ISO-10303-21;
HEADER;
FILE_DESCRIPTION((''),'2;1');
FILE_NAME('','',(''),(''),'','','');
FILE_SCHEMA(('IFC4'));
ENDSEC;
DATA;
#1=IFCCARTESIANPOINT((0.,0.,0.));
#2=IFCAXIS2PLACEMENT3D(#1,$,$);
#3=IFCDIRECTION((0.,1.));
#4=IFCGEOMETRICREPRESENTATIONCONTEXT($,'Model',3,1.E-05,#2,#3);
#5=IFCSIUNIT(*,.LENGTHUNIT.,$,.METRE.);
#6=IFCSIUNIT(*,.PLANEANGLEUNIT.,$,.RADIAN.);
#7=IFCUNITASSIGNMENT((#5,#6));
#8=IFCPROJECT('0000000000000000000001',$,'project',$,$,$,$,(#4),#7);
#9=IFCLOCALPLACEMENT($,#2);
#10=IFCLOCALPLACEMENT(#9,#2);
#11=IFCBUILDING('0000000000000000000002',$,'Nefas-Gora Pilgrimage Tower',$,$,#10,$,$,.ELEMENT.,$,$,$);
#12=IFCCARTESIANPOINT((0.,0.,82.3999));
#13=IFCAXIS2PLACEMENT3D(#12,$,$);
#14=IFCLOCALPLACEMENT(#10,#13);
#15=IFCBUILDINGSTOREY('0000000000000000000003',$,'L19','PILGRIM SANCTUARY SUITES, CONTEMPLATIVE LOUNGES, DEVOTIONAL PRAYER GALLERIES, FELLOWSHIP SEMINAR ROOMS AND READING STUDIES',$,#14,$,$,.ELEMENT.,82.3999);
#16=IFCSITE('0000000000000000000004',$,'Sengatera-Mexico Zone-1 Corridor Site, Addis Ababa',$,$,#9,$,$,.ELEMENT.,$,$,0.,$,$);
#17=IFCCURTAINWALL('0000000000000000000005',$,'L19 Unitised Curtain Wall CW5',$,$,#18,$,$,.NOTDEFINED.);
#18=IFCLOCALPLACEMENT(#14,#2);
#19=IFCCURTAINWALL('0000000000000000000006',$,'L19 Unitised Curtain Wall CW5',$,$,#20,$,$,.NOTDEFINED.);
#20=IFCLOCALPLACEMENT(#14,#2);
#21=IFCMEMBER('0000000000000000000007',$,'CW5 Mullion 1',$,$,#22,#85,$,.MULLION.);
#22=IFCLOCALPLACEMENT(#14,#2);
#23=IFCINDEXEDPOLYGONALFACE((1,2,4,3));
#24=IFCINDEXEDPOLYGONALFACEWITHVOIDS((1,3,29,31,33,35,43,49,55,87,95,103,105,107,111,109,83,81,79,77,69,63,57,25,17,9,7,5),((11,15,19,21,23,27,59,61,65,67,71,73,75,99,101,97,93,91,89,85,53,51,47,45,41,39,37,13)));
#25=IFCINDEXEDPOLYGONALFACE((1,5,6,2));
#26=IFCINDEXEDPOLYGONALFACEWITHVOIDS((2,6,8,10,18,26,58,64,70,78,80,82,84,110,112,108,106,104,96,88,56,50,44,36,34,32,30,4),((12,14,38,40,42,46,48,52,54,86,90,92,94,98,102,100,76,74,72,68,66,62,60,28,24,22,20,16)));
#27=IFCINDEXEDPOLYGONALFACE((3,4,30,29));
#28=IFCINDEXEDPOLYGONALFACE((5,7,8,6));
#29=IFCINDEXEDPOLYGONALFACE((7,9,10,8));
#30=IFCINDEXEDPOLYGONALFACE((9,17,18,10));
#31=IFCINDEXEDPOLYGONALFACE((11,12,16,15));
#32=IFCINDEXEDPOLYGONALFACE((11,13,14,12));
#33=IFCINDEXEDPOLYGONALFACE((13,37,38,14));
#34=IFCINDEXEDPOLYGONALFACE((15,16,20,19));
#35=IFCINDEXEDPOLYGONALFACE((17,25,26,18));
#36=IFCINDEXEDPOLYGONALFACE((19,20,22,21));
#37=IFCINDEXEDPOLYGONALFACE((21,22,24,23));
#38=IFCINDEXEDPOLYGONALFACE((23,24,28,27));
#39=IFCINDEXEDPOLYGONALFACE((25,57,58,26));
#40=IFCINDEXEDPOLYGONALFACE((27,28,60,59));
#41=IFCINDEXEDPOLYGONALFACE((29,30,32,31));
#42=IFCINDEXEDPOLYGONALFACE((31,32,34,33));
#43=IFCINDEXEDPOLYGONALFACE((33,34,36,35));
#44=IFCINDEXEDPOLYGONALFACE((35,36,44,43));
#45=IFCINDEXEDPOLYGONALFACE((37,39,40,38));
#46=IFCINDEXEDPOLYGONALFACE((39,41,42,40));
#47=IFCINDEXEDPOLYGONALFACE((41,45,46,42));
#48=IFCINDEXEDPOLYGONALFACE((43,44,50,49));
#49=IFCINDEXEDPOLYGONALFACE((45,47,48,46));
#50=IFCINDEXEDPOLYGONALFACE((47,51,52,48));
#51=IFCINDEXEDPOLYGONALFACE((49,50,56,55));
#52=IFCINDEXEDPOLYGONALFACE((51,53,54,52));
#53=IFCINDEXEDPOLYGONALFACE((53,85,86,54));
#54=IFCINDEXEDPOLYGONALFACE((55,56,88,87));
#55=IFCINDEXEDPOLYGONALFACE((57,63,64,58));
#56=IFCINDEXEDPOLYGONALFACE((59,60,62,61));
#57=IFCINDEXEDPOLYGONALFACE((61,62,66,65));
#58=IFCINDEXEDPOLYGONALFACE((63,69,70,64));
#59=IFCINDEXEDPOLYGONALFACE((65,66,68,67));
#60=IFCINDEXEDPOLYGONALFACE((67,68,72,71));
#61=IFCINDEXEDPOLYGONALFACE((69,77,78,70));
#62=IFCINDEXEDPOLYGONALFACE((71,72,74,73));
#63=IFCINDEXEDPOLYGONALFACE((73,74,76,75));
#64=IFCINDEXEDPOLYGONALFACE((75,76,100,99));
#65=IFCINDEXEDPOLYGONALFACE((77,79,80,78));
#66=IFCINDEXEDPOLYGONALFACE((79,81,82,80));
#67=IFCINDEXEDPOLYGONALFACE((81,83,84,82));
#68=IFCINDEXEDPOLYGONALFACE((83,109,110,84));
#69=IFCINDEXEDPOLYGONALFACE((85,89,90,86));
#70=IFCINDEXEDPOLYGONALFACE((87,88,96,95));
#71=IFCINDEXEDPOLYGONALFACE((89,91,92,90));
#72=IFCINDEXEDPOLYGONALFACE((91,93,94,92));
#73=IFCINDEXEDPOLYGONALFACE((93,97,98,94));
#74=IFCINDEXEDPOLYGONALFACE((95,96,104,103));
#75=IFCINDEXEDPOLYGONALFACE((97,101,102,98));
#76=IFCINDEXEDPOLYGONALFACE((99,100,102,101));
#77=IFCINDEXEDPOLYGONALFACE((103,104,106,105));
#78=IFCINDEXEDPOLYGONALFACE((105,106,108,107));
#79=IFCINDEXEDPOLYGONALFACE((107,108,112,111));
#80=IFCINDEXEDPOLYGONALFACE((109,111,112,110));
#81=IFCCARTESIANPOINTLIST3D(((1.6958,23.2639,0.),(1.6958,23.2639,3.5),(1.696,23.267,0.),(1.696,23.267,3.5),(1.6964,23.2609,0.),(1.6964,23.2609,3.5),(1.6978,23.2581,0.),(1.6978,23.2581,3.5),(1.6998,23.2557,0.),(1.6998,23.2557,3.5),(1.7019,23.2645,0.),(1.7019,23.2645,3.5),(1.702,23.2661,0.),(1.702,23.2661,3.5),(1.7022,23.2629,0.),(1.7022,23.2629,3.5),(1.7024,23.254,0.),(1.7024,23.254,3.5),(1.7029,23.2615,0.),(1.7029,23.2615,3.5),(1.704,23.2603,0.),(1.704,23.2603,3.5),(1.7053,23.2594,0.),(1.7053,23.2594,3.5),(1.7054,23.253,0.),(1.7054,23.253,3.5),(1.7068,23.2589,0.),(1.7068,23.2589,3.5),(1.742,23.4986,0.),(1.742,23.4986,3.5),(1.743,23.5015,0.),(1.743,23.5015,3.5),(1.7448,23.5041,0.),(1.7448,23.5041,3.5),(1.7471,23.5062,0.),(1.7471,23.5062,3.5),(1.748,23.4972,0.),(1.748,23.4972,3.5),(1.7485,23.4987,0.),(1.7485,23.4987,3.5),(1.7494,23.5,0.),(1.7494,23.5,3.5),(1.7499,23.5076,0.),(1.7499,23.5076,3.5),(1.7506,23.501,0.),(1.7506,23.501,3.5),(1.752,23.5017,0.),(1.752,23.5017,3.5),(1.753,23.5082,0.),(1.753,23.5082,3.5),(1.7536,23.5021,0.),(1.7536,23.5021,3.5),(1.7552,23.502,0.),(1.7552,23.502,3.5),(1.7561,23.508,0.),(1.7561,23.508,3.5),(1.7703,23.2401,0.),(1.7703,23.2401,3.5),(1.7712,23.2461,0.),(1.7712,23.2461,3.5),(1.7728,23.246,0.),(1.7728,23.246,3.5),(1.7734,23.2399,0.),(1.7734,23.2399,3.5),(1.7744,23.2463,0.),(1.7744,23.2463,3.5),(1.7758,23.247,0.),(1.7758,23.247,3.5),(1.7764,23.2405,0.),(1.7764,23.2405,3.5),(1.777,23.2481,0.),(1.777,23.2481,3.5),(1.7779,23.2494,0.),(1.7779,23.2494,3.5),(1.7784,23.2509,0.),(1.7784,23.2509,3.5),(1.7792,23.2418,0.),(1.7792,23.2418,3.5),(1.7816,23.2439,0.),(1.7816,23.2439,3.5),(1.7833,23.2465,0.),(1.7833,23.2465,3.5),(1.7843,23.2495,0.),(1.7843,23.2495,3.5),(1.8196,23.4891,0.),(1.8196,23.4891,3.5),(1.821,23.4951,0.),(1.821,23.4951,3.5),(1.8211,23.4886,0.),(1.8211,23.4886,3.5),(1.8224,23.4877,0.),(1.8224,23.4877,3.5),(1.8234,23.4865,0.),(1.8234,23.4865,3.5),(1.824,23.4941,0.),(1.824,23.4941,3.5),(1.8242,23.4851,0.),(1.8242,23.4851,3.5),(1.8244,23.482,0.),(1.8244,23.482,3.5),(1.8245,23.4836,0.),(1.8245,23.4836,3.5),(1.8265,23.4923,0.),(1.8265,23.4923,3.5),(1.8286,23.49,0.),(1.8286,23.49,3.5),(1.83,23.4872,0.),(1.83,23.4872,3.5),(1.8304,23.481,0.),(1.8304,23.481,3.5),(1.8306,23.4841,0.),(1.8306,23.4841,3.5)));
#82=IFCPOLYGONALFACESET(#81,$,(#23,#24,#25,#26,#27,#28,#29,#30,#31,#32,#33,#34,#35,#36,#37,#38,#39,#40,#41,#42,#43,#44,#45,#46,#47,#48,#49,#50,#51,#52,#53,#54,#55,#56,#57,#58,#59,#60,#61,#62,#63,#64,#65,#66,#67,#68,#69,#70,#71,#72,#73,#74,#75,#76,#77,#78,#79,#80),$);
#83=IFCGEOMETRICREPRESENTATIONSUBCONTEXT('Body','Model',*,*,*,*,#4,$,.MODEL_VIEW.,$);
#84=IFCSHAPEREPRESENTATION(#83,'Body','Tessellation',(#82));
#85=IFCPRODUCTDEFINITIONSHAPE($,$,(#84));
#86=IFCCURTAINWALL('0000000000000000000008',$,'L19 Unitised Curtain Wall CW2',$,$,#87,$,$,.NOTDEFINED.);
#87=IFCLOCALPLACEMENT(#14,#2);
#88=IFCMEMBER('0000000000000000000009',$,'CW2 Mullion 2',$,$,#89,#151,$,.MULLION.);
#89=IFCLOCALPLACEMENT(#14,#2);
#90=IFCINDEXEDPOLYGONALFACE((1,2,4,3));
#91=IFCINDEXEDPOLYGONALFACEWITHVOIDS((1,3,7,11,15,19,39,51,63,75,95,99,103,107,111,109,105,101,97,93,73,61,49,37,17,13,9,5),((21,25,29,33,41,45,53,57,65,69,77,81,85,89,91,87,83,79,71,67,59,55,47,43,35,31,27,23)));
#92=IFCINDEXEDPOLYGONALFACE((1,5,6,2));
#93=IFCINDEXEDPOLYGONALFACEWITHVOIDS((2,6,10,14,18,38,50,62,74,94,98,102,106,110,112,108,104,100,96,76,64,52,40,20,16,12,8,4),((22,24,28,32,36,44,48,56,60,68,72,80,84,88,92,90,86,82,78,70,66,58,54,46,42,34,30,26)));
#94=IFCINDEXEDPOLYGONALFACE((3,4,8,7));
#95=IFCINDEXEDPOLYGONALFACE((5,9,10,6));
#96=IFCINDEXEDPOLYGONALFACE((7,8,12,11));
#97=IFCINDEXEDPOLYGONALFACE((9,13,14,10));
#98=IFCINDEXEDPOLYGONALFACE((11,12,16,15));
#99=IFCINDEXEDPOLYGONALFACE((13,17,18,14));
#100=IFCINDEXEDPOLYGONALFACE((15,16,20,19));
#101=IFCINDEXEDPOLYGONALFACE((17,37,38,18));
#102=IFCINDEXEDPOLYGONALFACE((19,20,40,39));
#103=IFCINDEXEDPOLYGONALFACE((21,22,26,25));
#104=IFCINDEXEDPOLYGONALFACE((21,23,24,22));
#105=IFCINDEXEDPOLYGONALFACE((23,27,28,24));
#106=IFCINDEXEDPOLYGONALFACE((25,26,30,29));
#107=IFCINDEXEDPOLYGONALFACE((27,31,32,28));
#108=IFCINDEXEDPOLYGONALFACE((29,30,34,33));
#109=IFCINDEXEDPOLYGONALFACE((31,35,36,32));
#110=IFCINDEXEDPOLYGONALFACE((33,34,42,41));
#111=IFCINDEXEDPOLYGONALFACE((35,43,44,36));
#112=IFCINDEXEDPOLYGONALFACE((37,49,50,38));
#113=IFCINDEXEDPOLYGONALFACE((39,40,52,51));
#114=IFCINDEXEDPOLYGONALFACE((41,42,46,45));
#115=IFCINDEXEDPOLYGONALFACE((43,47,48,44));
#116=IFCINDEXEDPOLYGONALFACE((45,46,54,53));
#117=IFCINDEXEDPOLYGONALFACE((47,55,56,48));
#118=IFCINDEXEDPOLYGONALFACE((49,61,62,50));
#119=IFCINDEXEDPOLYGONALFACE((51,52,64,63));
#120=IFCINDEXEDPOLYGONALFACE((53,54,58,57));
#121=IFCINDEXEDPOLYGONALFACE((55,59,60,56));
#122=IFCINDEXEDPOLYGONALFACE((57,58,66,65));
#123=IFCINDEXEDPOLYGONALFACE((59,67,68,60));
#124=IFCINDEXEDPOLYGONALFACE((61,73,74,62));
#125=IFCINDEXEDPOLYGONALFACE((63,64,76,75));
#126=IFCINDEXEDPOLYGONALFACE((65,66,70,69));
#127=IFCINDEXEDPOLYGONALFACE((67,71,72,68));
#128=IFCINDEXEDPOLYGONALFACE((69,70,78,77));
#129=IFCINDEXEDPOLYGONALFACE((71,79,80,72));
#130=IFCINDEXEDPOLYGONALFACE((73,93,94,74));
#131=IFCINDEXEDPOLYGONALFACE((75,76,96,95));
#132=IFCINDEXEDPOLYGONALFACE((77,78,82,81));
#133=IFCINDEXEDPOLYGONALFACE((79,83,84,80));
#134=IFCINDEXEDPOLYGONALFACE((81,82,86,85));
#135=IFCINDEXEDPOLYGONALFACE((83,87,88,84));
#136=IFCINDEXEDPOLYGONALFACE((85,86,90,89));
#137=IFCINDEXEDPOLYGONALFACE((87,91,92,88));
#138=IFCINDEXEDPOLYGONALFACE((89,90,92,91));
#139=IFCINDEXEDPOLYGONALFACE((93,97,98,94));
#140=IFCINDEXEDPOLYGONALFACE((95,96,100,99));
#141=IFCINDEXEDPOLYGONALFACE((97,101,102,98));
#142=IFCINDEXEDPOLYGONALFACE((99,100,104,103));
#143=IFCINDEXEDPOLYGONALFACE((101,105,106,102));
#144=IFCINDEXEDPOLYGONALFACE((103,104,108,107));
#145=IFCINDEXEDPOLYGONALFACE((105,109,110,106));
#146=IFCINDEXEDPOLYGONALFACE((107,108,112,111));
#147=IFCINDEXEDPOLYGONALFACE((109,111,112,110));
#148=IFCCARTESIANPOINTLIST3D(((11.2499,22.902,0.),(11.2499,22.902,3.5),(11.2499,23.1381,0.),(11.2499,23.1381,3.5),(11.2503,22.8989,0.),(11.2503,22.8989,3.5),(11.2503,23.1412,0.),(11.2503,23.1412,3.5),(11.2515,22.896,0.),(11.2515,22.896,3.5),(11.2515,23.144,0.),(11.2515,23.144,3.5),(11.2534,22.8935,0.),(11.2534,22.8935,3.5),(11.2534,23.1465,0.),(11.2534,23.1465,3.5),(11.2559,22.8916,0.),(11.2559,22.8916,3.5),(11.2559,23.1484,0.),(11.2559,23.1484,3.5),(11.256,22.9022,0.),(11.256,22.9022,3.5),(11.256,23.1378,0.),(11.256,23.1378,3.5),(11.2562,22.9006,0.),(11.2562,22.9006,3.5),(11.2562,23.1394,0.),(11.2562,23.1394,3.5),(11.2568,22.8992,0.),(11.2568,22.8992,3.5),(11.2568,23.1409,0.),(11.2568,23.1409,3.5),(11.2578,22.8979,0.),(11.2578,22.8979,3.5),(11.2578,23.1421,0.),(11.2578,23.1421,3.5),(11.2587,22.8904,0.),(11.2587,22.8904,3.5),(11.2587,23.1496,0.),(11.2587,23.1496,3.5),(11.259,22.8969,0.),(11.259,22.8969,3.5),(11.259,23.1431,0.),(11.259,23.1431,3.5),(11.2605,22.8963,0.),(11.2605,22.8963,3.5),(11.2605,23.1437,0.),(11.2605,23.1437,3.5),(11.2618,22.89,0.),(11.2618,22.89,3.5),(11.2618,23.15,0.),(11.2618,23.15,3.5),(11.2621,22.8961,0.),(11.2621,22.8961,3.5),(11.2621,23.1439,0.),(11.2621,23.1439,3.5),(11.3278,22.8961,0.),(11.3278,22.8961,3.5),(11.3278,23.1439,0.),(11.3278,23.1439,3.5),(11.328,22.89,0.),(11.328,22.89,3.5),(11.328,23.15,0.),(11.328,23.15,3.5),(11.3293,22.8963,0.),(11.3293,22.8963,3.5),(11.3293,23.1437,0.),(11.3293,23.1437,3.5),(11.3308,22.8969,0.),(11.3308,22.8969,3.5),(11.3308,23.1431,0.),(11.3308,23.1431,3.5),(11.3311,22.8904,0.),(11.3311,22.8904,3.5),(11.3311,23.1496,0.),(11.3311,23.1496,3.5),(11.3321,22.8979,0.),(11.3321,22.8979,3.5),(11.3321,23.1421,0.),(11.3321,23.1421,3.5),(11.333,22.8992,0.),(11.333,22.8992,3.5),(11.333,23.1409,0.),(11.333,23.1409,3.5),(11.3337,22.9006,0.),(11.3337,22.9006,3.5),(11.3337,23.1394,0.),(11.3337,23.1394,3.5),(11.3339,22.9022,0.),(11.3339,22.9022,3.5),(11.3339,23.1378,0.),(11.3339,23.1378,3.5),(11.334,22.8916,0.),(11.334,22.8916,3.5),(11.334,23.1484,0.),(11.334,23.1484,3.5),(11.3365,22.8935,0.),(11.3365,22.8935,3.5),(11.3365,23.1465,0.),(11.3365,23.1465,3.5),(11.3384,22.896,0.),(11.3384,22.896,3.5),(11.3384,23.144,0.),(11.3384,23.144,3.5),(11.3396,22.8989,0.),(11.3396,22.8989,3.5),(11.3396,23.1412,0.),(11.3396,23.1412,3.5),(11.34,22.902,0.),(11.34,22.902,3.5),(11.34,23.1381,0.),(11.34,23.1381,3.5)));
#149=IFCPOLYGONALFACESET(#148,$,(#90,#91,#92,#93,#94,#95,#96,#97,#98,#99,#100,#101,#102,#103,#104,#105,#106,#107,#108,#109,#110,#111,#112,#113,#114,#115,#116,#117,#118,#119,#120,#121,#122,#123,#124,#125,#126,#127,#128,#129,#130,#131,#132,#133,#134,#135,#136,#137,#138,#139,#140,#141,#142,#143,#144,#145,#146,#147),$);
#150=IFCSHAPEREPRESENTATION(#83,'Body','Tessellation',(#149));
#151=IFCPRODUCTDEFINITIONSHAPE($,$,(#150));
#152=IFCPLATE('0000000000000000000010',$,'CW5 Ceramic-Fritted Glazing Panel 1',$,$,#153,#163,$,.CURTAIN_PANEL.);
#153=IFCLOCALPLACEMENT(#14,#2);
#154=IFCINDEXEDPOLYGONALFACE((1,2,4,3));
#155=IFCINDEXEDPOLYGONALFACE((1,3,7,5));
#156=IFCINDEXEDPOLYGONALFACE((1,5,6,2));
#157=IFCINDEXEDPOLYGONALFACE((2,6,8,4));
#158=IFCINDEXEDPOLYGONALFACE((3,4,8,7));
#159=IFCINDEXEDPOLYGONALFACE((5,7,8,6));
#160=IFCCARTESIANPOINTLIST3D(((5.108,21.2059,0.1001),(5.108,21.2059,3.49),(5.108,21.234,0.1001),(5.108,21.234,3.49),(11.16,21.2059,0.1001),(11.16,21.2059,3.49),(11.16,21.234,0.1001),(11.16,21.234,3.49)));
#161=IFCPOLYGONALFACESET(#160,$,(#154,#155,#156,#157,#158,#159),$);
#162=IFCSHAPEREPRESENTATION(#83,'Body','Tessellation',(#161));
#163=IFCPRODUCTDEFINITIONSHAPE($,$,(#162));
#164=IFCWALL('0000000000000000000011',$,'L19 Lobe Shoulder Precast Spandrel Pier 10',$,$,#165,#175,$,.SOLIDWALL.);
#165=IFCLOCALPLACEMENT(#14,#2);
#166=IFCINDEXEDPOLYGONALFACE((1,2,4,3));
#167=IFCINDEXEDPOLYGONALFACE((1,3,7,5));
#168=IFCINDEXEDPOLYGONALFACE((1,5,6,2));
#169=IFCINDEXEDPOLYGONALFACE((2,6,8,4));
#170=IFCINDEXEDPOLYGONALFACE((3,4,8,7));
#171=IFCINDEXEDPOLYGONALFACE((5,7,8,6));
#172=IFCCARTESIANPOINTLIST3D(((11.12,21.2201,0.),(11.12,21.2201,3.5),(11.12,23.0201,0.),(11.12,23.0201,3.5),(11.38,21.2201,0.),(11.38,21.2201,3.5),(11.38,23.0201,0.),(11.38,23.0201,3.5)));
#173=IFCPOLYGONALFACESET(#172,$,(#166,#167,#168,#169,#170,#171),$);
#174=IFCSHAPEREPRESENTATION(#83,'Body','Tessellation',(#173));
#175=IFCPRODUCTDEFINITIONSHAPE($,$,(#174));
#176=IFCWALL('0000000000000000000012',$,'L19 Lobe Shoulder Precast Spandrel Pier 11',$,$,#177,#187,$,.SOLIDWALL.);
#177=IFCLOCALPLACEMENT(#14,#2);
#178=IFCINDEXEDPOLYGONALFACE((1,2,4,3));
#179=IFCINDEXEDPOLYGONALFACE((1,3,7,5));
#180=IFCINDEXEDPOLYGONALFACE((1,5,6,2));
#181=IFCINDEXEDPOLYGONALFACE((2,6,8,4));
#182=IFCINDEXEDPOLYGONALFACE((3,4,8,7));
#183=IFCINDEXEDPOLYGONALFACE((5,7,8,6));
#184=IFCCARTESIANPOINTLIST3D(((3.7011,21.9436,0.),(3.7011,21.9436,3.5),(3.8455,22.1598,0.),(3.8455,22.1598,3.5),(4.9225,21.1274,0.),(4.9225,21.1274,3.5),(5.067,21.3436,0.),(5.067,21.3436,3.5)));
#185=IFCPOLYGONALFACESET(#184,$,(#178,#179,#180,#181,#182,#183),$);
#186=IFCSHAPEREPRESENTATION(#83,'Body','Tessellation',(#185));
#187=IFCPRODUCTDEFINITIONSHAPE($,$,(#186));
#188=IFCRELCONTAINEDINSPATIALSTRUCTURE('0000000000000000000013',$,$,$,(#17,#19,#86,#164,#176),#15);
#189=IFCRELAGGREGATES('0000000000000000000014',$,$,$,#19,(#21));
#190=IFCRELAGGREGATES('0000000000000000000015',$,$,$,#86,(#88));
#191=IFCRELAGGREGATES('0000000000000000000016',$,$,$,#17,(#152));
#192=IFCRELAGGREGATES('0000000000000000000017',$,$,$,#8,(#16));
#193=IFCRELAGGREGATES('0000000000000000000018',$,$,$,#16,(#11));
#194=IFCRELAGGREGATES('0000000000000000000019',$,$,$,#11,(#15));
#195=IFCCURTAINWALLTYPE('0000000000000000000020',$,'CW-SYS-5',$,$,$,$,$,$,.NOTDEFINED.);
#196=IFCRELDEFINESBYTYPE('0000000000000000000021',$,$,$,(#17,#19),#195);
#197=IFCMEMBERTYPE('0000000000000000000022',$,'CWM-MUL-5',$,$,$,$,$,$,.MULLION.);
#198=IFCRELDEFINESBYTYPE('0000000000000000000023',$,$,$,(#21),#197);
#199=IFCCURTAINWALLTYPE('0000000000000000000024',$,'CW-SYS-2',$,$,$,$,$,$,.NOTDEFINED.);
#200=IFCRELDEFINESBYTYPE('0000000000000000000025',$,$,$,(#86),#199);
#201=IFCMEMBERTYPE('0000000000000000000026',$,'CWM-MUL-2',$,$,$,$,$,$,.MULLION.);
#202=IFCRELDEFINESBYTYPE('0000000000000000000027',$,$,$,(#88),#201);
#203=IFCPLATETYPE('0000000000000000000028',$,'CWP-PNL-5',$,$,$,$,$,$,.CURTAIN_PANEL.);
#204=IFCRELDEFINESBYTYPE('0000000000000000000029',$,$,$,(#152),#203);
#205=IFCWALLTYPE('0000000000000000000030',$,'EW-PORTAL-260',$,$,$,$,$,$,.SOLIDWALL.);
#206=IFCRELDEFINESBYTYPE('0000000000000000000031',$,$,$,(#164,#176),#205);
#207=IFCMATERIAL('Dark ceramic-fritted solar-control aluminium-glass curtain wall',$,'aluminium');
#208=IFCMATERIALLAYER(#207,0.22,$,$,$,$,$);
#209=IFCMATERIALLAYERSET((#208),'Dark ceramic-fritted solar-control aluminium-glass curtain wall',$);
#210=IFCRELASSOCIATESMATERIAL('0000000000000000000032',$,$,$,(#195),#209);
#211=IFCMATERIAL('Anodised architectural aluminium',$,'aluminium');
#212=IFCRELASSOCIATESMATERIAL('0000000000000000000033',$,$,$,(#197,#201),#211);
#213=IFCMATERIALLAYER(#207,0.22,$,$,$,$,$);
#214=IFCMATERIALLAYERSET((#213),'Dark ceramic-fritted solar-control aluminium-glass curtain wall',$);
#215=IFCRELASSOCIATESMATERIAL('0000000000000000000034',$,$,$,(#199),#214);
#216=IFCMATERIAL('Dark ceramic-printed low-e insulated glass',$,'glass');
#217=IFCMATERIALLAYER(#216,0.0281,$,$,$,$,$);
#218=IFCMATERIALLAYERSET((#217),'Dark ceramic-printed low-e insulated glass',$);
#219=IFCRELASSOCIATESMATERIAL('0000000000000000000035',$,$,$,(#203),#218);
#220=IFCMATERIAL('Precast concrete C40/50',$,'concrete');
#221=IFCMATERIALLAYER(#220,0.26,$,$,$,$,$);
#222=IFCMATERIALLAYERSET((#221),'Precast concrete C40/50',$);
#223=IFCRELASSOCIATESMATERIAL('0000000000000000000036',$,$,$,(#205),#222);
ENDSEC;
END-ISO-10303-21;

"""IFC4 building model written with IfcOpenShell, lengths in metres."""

from ifc_helpers import new_model, si_unit, direction, frame, frame_2d, origin, origin_2d, place, context, subcontext, project, spatial, rectangle, hollow_rectangle, extrude, source, transform, mapped, material, layer, layer_set, material_profile, profile_set, type_object, element, aggregate, save


model = new_model("IFC4")

# Units and contexts
model_context = context("Model", 3, precision=1e-05, world=origin(), true_north=direction((0.0, 1.0)))
body_context = subcontext(model_context, "Body", "Model", "MODEL_VIEW")
ifc_project = project(units=[si_unit("LENGTHUNIT", "METRE"), si_unit("PLANEANGLEUNIT", "RADIAN")], contexts=[model_context])

# Site, building, storey
site_placement = place(None, origin())
site = spatial("IfcSite", under=ifc_project, at=site_placement, Name="Sengatera-Mexico Zone-1 Corridor Site, Addis Ababa", CompositionType="ELEMENT", RefElevation=0.0)
building_placement = place(site_placement, origin())
building = spatial("IfcBuilding", under=site, at=building_placement, Name="Nefas-Gora Pilgrimage Tower", CompositionType="ELEMENT")
storey_placement = place(building_placement, frame((0.0, 0.0, 82.3999)))
storey = spatial("IfcBuildingStorey", under=building, at=storey_placement, Name="L19", Description="PILGRIM SANCTUARY SUITES, CONTEMPLATIVE LOUNGES, DEVOTIONAL PRAYER GALLERIES, FELLOWSHIP SEMINAR ROOMS AND READING STUDIES", CompositionType="ELEMENT", Elevation=82.3999)

# Curtain walls
ifc_material_1 = material(Name="Dark ceramic-fritted solar-control aluminium-glass curtain wall", Category="aluminium")
ifc_layer_1 = layer(ifc_material_1, 0.22)
ifc_layer_set_1 = layer_set([ifc_layer_1], Name="Dark ceramic-fritted solar-control aluminium-glass curtain wall")
curtain_wall_type_1 = type_object("IfcCurtainWallType", Name="CW-SYS-5", PredefinedType="NOTDEFINED", material=ifc_layer_set_1)
curtain_wall_1_placement = place(storey_placement, origin())
curtain_wall_1 = element("IfcCurtainWall", 1, at=curtain_wall_1_placement, inside=storey, type_object=curtain_wall_type_1, Name="L19 Unitised Curtain Wall CW5", PredefinedType="NOTDEFINED")
ifc_material_2 = material(Name="Anodised architectural aluminium", Category="aluminium")
curtain_wall_2_placement = place(storey_placement, origin())
curtain_wall_2 = element("IfcCurtainWall", 2, at=curtain_wall_2_placement, inside=storey, type_object=curtain_wall_type_1, Name="L19 Unitised Curtain Wall CW5", PredefinedType="NOTDEFINED")

# Member
ifc_material_profile_1 = material_profile(ifc_material_2, hollow_rectangle(XDim=0.0901, YDim=0.26, WallThickness=0.0061, InnerFilletRadius=0.0061, OuterFilletRadius=0.012, at=origin_2d()), Name="ALU MULLION 90x260")
ifc_profile_set_1 = profile_set([ifc_material_profile_1], Name="Anodised architectural aluminium")
member_type_1 = type_object("IfcMemberType", Name="CWM-MUL-5", PredefinedType="MULLION", material=ifc_profile_set_1)
shared_shape_1 = source(origin(), body_context, "Body", "SweptSolid", [
    extrude(hollow_rectangle(XDim=0.0901, YDim=0.26, WallThickness=0.0061, InnerFilletRadius=0.0061, OuterFilletRadius=0.012, at=origin_2d()), origin(), (0.0, 0.0, 1.0), 3.5),
])
member_1_placement = place(storey_placement, frame((1.7632, 23.374, 0.0), z_axis=(0.0, 0.0, 1.0), x_axis=(-0.980783, 0.195102, 0.0)))
member_1 = element("IfcMember", 3, at=member_1_placement, type_object=member_type_1, Name="CW5 Mullion 1", PredefinedType="MULLION", context=body_context, shape_type="MappedRepresentation", body=[
    mapped(shared_shape_1, transform((0.0, 0.0, 0.0), x_axis=(1.0, 0.0, 0.0), y_axis=(0.0, 1.0, 0.0), z_axis=(0.0, 0.0, 1.0), scale=1.0)),
])
aggregate(curtain_wall_2, [member_1])

# Curtain wall, member
ifc_layer_2 = layer(ifc_material_1, 0.22)
ifc_layer_set_2 = layer_set([ifc_layer_2], Name="Dark ceramic-fritted solar-control aluminium-glass curtain wall")
curtain_wall_type_2 = type_object("IfcCurtainWallType", Name="CW-SYS-2", PredefinedType="NOTDEFINED", material=ifc_layer_set_2)
curtain_wall_3_placement = place(storey_placement, origin())
curtain_wall_3 = element("IfcCurtainWall", 4, at=curtain_wall_3_placement, inside=storey, type_object=curtain_wall_type_2, Name="L19 Unitised Curtain Wall CW2", PredefinedType="NOTDEFINED")
ifc_material_profile_2 = material_profile(ifc_material_2, hollow_rectangle(XDim=0.0901, YDim=0.26, WallThickness=0.0061, InnerFilletRadius=0.0061, OuterFilletRadius=0.012, at=origin_2d()), Name="ALU MULLION 90x260")
ifc_profile_set_2 = profile_set([ifc_material_profile_2], Name="Anodised architectural aluminium")
member_type_2 = type_object("IfcMemberType", Name="CWM-MUL-2", PredefinedType="MULLION", material=ifc_profile_set_2)
shared_shape_2 = source(origin(), body_context, "Body", "SweptSolid", [
    extrude(hollow_rectangle(XDim=0.0901, YDim=0.26, WallThickness=0.0061, InnerFilletRadius=0.0061, OuterFilletRadius=0.012, at=origin_2d()), origin(), (0.0, 0.0, 1.0), 3.5),
])
member_2_placement = place(storey_placement, frame((11.2949, 23.02, 0.0), z_axis=(0.0, 0.0, 1.0), x_axis=(-1.0, 0.0, 0.0)))
member_2 = element("IfcMember", 5, at=member_2_placement, type_object=member_type_2, Name="CW2 Mullion 2", PredefinedType="MULLION", context=body_context, shape_type="MappedRepresentation", body=[
    mapped(shared_shape_2, transform((0.0, 0.0, 0.0), x_axis=(1.0, 0.0, 0.0), y_axis=(0.0, 1.0, 0.0), z_axis=(0.0, 0.0, 1.0), scale=1.0)),
])
aggregate(curtain_wall_3, [member_2])

# Plate
ifc_material_3 = material(Name="Dark ceramic-printed low-e insulated glass", Category="glass")
ifc_layer_3 = layer(ifc_material_3, 0.0281)
ifc_layer_set_3 = layer_set([ifc_layer_3], Name="Dark ceramic-printed low-e insulated glass")
plate_type = type_object("IfcPlateType", Name="CWP-PNL-5", PredefinedType="CURTAIN_PANEL", material=ifc_layer_set_3)
shared_shape_3 = source(origin(), body_context, "Body", "SweptSolid", [
    extrude(rectangle(XDim=6.052, YDim=0.0281, at=origin_2d()), origin(), (0.0, 0.0, 1.0), 3.3899),
])
plate_placement = place(storey_placement, frame((8.134, 21.22, 0.1001), z_axis=(0.0, 0.0, 1.0), x_axis=(-1.0, 0.0, 0.0)))
plate = element("IfcPlate", 6, at=plate_placement, type_object=plate_type, Name="CW5 Ceramic-Fritted Glazing Panel 1", PredefinedType="CURTAIN_PANEL", context=body_context, shape_type="MappedRepresentation", body=[
    mapped(shared_shape_3, transform((0.0, 0.0, 0.0), x_axis=(1.0, 0.0, 0.0), y_axis=(0.0, 1.0, 0.0), z_axis=(0.0, 0.0, 1.0), scale=1.0)),
])
aggregate(curtain_wall_1, [plate])

# Walls
ifc_material_4 = material(Name="Precast concrete C40/50", Category="concrete")
ifc_layer_4 = layer(ifc_material_4, 0.26)
ifc_layer_set_4 = layer_set([ifc_layer_4], Name="Precast concrete C40/50")
wall_type_1 = type_object("IfcWallType", Name="EW-PORTAL-260", PredefinedType="SOLIDWALL", material=ifc_layer_set_4)
shared_shape_4 = source(origin(), body_context, "Body", "SweptSolid", [
    extrude(rectangle(XDim=1.8, YDim=0.26, at=frame_2d((0.8999, 0.0))), origin(), (0.0, 0.0, 1.0), 3.5),
])
wall_1_placement = place(storey_placement, frame((11.25, 23.02, 0.0), z_axis=(0.0, 0.0, 1.0), x_axis=(0.0, -1.0, 0.0)))
element("IfcWall", 7, at=wall_1_placement, inside=storey, type_object=wall_type_1, Name="L19 Lobe Shoulder Precast Spandrel Pier 10", PredefinedType="SOLIDWALL", context=body_context, shape_type="MappedRepresentation", body=[
    mapped(shared_shape_4, transform((0.0, 0.0, 0.0), x_axis=(1.0, 0.0, 0.0), y_axis=(0.0, 1.0, 0.0), z_axis=(0.0, 0.0, 1.0), scale=1.0)),
])
shared_shape_5 = source(origin(), body_context, "Body", "SweptSolid", [
    extrude(rectangle(XDim=1.469, YDim=0.26, at=frame_2d((0.7344, 0.0))), origin(), (0.0, 0.0, 1.0), 3.5),
])
wall_2_placement = place(storey_placement, frame((4.9946, 21.2356, 0.0), z_axis=(0.0, 0.0, 1.0), x_axis=(-0.831462, 0.555582, 0.0)))
element("IfcWall", 8, at=wall_2_placement, inside=storey, type_object=wall_type_1, Name="L19 Lobe Shoulder Precast Spandrel Pier 11", PredefinedType="SOLIDWALL", context=body_context, shape_type="MappedRepresentation", body=[
    mapped(shared_shape_5, transform((0.0, 0.0, 0.0), x_axis=(1.0, 0.0, 0.0), y_axis=(0.0, 1.0, 0.0), z_axis=(0.0, 0.0, 1.0), scale=1.0)),
])

save(model, "model.ifc")
